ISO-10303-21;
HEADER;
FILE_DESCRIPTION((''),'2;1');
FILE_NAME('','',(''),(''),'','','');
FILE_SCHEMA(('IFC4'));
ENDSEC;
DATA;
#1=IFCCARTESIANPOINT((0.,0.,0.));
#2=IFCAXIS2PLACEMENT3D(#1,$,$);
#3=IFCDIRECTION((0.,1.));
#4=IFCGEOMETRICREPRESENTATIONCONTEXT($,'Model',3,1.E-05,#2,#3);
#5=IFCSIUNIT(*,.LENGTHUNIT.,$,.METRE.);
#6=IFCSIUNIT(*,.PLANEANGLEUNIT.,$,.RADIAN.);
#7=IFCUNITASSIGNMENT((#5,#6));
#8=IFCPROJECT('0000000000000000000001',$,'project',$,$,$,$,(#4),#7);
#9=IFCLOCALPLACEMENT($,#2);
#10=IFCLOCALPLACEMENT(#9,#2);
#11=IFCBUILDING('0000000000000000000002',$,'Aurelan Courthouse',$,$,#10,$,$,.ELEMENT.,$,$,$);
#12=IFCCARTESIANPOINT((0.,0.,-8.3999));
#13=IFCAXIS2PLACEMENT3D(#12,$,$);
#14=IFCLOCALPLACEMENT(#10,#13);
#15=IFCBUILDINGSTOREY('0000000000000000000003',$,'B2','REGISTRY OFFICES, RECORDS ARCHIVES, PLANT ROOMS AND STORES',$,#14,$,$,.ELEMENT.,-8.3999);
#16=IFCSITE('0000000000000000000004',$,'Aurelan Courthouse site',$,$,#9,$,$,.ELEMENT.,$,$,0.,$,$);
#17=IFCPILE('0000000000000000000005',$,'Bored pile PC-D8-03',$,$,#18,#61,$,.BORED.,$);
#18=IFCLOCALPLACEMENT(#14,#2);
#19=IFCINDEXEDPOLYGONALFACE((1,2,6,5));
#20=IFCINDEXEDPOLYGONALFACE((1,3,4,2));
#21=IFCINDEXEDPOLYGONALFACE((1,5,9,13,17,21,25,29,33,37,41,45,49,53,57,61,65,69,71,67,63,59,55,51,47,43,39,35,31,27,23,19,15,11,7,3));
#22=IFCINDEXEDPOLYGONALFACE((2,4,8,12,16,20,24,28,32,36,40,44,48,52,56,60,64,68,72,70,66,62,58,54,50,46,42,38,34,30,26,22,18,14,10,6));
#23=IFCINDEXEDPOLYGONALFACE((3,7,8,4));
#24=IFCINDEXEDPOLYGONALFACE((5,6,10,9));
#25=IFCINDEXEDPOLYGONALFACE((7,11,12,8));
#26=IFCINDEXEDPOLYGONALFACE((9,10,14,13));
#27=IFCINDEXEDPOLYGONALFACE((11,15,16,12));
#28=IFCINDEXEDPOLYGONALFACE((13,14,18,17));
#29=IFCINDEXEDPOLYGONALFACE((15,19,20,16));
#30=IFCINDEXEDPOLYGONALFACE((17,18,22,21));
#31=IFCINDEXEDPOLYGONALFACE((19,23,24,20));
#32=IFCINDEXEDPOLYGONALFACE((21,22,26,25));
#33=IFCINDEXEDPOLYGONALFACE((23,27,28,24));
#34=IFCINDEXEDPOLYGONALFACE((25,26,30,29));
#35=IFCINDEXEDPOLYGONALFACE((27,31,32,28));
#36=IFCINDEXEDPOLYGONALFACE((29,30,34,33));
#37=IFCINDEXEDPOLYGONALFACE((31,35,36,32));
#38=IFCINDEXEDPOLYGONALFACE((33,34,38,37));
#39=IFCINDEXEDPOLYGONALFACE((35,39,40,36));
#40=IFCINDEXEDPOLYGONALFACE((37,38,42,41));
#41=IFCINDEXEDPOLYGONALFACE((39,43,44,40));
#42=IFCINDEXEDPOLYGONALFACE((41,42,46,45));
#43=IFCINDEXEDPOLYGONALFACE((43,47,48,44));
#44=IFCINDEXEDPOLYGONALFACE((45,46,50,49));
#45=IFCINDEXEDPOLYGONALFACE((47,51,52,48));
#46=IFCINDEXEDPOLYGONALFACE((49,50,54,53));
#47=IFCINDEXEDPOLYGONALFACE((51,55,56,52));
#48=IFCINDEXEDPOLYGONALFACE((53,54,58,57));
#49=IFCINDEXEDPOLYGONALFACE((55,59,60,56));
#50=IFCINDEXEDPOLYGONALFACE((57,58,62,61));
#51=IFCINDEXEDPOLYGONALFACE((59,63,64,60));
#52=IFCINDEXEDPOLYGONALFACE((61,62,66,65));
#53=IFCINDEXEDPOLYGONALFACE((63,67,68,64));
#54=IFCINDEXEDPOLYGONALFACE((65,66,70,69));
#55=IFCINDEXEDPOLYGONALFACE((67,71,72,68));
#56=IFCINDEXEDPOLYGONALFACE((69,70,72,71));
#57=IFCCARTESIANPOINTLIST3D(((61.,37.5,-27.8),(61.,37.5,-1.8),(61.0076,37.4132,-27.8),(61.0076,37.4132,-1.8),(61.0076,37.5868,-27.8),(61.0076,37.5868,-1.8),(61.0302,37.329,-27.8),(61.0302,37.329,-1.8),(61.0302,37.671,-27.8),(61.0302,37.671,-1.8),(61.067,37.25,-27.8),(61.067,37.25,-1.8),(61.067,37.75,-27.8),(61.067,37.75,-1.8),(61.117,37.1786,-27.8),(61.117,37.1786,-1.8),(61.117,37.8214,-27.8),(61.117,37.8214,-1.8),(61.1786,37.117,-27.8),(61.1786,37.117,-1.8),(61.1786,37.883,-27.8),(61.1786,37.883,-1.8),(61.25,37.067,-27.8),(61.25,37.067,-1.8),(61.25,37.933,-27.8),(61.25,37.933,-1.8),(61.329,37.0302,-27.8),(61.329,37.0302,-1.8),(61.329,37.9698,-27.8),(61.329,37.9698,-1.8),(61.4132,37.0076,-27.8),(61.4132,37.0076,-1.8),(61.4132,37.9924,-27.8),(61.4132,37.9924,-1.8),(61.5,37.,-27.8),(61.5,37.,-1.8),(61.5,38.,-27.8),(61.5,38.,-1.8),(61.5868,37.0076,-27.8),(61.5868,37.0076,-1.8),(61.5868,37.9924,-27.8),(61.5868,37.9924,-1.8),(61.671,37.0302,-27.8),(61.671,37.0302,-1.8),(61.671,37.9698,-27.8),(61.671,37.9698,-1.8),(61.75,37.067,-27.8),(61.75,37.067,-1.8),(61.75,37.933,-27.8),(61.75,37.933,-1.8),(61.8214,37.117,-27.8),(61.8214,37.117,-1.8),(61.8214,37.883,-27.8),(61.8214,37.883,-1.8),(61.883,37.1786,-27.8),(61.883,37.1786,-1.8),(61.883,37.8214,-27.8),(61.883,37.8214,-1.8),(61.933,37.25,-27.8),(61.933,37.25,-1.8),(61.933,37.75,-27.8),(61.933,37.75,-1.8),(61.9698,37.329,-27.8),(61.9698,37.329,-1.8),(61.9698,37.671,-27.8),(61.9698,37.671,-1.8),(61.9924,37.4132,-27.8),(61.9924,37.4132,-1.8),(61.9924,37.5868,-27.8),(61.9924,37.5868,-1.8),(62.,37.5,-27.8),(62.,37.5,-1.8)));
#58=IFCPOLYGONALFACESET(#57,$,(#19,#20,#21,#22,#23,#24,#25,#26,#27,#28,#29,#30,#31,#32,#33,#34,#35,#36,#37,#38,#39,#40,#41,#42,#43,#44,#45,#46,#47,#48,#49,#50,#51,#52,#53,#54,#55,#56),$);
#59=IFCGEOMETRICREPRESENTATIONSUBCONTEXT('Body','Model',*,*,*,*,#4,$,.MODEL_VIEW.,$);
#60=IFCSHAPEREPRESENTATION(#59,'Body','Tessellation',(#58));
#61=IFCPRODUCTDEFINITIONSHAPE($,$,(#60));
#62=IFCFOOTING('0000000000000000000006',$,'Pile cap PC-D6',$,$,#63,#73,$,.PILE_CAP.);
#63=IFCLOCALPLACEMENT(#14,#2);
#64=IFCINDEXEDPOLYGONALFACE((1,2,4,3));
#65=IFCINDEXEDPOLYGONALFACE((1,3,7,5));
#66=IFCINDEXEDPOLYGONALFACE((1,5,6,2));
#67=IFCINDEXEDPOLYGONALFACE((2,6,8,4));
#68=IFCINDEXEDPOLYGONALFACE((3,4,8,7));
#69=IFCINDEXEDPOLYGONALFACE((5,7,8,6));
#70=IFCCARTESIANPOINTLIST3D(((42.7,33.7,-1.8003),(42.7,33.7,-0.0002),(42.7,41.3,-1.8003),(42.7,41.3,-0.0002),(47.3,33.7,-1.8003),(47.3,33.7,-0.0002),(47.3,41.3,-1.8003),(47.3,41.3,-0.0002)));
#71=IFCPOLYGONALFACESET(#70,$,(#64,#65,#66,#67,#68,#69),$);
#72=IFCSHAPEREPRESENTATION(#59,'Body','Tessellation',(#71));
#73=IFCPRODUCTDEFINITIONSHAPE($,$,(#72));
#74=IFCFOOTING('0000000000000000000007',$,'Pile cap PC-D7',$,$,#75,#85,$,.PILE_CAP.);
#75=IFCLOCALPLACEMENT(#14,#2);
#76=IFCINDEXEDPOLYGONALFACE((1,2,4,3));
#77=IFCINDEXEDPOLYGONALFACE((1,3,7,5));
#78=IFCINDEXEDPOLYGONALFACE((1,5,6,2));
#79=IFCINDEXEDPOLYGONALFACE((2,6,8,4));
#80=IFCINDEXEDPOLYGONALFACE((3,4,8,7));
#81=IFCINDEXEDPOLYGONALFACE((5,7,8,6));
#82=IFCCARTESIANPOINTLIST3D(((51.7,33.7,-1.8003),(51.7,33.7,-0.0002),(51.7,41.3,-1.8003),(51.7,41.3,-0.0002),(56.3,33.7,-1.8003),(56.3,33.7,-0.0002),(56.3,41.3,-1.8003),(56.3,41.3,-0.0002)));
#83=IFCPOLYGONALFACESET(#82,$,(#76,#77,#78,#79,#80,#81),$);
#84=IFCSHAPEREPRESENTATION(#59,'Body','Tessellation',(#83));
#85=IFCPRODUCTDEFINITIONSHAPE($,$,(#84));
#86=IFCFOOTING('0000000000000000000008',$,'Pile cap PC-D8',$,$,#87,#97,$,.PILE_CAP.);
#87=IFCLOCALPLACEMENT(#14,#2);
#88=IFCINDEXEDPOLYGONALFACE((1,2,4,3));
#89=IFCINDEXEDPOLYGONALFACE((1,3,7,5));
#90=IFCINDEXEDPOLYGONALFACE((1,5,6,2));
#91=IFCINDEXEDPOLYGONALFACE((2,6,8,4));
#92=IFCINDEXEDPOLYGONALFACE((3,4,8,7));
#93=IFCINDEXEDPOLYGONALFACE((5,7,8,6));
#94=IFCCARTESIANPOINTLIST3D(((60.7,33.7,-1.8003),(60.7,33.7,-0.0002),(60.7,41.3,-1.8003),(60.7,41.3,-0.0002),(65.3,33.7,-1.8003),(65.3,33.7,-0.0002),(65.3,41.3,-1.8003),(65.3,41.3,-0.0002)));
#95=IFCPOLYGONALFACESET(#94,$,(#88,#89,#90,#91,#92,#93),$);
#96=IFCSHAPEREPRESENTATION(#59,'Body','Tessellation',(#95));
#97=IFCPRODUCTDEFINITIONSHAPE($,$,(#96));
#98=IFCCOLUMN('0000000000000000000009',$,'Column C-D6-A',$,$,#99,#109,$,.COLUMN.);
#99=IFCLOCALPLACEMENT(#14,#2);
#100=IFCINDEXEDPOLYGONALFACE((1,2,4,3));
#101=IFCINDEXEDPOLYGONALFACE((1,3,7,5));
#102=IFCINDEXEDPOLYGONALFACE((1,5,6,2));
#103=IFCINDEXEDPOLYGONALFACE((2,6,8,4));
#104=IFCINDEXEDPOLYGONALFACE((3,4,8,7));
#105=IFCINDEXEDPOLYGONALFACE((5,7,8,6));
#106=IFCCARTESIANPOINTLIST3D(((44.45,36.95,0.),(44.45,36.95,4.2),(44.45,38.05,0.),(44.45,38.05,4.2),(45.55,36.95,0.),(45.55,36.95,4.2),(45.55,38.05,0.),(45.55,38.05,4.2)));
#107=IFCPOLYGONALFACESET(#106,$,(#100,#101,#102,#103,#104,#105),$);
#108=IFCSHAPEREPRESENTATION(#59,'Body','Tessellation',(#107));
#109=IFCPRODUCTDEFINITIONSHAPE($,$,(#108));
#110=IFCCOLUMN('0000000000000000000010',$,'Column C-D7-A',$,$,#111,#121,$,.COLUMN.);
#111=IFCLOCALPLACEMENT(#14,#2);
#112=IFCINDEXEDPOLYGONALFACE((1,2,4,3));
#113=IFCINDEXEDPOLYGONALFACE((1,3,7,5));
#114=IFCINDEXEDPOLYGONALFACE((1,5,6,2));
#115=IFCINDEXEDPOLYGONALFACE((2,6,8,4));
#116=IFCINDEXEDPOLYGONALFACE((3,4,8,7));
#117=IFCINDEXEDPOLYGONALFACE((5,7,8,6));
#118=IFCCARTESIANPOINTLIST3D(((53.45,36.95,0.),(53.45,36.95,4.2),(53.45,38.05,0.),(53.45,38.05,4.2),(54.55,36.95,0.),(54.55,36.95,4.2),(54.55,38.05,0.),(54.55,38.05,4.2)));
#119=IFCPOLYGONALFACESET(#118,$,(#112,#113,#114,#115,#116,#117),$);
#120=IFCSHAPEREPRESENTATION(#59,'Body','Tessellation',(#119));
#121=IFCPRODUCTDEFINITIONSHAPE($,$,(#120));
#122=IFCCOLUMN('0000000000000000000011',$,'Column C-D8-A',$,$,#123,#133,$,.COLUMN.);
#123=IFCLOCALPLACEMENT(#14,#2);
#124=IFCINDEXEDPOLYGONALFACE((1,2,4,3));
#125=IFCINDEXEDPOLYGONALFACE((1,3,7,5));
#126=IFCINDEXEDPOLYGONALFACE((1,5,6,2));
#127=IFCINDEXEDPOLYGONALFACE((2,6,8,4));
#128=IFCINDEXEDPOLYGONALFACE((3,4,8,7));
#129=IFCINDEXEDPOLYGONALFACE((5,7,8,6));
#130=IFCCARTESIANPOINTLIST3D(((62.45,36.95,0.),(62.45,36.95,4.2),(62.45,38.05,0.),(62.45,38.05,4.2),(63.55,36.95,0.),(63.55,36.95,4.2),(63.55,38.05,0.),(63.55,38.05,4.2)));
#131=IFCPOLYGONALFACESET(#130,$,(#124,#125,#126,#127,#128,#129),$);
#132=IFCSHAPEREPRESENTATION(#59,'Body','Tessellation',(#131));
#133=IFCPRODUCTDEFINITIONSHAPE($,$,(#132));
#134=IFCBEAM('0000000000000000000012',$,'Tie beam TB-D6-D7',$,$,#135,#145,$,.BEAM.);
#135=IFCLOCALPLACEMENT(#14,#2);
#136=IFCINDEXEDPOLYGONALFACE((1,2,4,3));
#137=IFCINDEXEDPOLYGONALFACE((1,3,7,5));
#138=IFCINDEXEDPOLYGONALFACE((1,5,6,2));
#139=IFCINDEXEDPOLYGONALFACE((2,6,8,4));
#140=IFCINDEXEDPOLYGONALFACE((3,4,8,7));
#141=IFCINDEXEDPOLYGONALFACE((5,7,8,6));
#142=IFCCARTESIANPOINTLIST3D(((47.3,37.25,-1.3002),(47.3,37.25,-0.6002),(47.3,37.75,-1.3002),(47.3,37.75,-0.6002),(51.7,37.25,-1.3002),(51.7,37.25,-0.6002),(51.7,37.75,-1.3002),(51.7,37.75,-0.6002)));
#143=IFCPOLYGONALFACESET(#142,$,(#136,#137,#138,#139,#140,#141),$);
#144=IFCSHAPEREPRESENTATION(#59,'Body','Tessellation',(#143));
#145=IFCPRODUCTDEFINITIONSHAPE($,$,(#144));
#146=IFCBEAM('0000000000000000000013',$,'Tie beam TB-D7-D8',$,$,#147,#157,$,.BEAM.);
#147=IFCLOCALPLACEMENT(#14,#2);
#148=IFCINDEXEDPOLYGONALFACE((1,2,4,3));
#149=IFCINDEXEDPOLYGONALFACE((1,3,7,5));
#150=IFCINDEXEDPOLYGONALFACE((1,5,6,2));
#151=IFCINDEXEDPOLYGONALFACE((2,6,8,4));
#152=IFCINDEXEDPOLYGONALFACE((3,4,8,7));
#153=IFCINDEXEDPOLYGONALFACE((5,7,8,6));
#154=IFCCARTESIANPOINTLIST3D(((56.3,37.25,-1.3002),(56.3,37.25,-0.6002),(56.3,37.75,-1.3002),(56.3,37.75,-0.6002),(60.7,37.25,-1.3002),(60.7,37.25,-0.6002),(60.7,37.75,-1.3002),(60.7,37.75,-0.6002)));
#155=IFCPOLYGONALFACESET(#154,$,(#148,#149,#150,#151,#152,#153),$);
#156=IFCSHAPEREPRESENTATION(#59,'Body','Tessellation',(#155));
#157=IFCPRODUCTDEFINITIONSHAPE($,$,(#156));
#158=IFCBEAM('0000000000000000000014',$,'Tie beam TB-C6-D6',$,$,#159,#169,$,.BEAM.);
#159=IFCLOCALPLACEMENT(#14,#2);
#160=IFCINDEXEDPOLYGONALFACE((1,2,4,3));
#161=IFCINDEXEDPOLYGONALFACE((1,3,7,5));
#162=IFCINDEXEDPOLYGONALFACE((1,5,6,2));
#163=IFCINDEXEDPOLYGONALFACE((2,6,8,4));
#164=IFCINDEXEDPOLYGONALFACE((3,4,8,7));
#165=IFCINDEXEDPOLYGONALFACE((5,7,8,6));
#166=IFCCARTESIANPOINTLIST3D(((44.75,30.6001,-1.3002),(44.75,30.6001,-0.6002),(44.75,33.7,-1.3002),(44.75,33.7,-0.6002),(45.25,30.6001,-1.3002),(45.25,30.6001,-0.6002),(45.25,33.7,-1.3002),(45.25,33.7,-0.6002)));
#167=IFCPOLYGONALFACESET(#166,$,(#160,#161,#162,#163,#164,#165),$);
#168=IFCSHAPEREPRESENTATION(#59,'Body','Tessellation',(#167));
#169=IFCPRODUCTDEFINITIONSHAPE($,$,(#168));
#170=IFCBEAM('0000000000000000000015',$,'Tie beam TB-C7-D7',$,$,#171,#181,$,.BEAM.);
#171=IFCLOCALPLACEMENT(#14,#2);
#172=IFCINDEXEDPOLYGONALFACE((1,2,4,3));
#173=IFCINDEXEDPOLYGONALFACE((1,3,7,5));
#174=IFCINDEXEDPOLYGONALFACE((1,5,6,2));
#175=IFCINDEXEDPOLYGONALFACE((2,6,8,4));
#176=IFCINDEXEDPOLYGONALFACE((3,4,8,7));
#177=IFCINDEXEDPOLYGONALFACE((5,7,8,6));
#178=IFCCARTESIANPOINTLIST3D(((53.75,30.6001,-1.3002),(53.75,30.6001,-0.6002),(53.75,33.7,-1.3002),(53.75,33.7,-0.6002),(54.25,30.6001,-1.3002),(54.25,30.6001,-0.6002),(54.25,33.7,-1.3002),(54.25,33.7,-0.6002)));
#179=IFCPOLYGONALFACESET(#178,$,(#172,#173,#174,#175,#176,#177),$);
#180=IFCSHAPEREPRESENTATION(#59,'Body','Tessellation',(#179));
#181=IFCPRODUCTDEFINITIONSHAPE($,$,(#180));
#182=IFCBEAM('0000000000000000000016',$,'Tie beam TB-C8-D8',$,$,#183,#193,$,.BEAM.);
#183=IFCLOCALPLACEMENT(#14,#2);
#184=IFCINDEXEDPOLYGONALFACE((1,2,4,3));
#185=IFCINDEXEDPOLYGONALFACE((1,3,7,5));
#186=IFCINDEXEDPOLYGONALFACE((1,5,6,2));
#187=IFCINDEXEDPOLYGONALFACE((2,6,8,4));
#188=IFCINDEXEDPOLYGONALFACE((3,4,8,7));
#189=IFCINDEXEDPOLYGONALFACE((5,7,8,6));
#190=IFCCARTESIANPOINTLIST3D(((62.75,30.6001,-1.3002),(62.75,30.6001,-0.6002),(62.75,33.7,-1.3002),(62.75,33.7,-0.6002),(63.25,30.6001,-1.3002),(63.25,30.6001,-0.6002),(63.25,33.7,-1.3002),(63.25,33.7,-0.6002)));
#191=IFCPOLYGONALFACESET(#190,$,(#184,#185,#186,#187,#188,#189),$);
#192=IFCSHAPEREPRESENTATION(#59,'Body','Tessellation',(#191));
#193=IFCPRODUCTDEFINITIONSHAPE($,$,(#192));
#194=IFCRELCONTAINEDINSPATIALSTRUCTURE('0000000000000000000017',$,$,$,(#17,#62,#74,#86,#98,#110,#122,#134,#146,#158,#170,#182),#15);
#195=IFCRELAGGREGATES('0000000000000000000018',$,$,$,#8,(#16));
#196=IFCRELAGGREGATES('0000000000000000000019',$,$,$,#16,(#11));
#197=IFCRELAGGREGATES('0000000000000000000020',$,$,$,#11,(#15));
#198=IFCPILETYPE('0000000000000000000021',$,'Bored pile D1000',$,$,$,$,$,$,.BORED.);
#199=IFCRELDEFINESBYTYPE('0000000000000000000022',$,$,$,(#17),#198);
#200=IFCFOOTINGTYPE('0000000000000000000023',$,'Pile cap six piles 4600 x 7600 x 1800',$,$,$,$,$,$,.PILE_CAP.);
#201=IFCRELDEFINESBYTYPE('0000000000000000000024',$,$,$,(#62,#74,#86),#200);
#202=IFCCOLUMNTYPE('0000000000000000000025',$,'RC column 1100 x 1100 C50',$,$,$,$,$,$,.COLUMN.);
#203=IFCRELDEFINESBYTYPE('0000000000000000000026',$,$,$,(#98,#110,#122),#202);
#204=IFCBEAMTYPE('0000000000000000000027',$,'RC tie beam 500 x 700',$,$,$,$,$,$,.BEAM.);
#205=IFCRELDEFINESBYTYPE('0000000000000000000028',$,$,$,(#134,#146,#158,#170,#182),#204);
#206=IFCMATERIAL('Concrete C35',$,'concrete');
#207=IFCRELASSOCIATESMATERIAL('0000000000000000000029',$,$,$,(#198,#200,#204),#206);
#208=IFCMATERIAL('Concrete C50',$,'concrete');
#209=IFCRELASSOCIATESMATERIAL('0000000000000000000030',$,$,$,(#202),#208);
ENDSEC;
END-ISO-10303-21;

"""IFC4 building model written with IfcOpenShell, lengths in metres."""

from ifc_helpers import new_model, si_unit, direction, frame, origin, origin_2d, place, context, subcontext, project, spatial, rectangle, circle, extrude, material, material_profile, profile_set, type_object, element, save


model = new_model("IFC4")

# Units and contexts
model_context = context("Model", 3, precision=1e-05, world=origin(), true_north=direction((0.0, 1.0)))
body_context = subcontext(model_context, "Body", "Model", "MODEL_VIEW")
ifc_project = project(units=[si_unit("LENGTHUNIT", "METRE"), si_unit("PLANEANGLEUNIT", "RADIAN")], contexts=[model_context])

# Site, building, storey
site_placement = place(None, origin())
site = spatial("IfcSite", under=ifc_project, at=site_placement, Name="Aurelan Courthouse site", CompositionType="ELEMENT", RefElevation=0.0)
building_placement = place(site_placement, origin())
building = spatial("IfcBuilding", under=site, at=building_placement, Name="Aurelan Courthouse", CompositionType="ELEMENT")
storey_placement = place(building_placement, frame((0.0, 0.0, -8.3999)))
storey = spatial("IfcBuildingStorey", under=building, at=storey_placement, Name="B2", Description="REGISTRY OFFICES, RECORDS ARCHIVES, PLANT ROOMS AND STORES", CompositionType="ELEMENT", Elevation=-8.3999)

# Pile
ifc_material_1 = material(Name="Concrete C35", Category="concrete")
ifc_material_profile_1 = material_profile(ifc_material_1, circle(Radius=0.5, at=origin_2d()), Name="D1000")
ifc_profile_set_1 = profile_set([ifc_material_profile_1], Name="Concrete C35")
pile_type = type_object("IfcPileType", Name="Bored pile D1000", PredefinedType="BORED", material=ifc_profile_set_1)
for number, where, z_axis, x_axis, name in (
    (1, (61.5, 37.5, -1.8), (0.0, 0.0, -1.0), (1.0, 0.0, 0.0), "Bored pile PC-D8-03"),
):
    element("IfcPile", number, at=place(storey_placement, frame(where, z_axis=z_axis, x_axis=x_axis)), inside=storey, type_object=pile_type, Name=name, PredefinedType="BORED", context=body_context, shape_type="SweptSolid", body=[
        extrude(circle(Radius=0.5, at=origin_2d()), origin(), (0.0, 0.0, 1.0), 26.0),
    ])

# Footings
footing_type = type_object("IfcFootingType", Name="Pile cap six piles 4600 x 7600 x 1800", PredefinedType="PILE_CAP", material=ifc_material_1)
for number, where, z_axis, x_axis, name in (
    (2, (45.0, 37.5, -1.8003), (0.0, 0.0, 1.0), (1.0, 0.0, 0.0), "Pile cap PC-D6"),
    (3, (54.0, 37.5, -1.8003), (0.0, 0.0, 1.0), (1.0, 0.0, 0.0), "Pile cap PC-D7"),
    (4, (63.0, 37.5, -1.8003), (0.0, 0.0, 1.0), (1.0, 0.0, 0.0), "Pile cap PC-D8"),
):
    element("IfcFooting", number, at=place(storey_placement, frame(where, z_axis=z_axis, x_axis=x_axis)), inside=storey, type_object=footing_type, Name=name, PredefinedType="PILE_CAP", context=body_context, shape_type="SweptSolid", body=[
        extrude(rectangle(XDim=4.6001, YDim=7.6001, at=origin_2d()), origin(), (0.0, 0.0, 1.0), 1.8),
    ])

# Columns
ifc_material_2 = material(Name="Concrete C50", Category="concrete")
ifc_material_profile_2 = material_profile(ifc_material_2, rectangle(XDim=1.1001, YDim=1.1001, at=origin_2d()), Name="RC 1100 x 1100")
ifc_profile_set_2 = profile_set([ifc_material_profile_2], Name="Concrete C50")
column_type = type_object("IfcColumnType", Name="RC column 1100 x 1100 C50", PredefinedType="COLUMN", material=ifc_profile_set_2)
for number, where, z_axis, x_axis, name in (
    (5, (45.0, 37.5, 0.0), (0.0, 0.0, 1.0), (1.0, 0.0, 0.0), "Column C-D6-A"),
    (6, (54.0, 37.5, 0.0), (0.0, 0.0, 1.0), (1.0, 0.0, 0.0), "Column C-D7-A"),
    (7, (63.0, 37.5, 0.0), (0.0, 0.0, 1.0), (1.0, 0.0, 0.0), "Column C-D8-A"),
):
    element("IfcColumn", number, at=place(storey_placement, frame(where, z_axis=z_axis, x_axis=x_axis)), inside=storey, type_object=column_type, Name=name, PredefinedType="COLUMN", context=body_context, shape_type="SweptSolid", body=[
        extrude(rectangle(XDim=1.1001, YDim=1.1001, at=origin_2d()), origin(), (0.0, 0.0, 1.0), 4.2),
    ])

# Beams
ifc_material_profile_3 = material_profile(ifc_material_1, rectangle(XDim=0.5, YDim=0.7, at=origin_2d()), Name="RC 500 x 700")
ifc_profile_set_3 = profile_set([ifc_material_profile_3], Name="Concrete C35")
beam_type = type_object("IfcBeamType", Name="RC tie beam 500 x 700", PredefinedType="BEAM", material=ifc_profile_set_3)
for number, where, z_axis, x_axis, name in (
    (8, (47.3, 37.5, -0.9502), (1.0, 0.0, 0.0), (0.0, 1.0, 0.0), "Tie beam TB-D6-D7"),
    (9, (56.3, 37.5, -0.9502), (1.0, 0.0, 0.0), (0.0, 1.0, 0.0), "Tie beam TB-D7-D8"),
):
    element("IfcBeam", number, at=place(storey_placement, frame(where, z_axis=z_axis, x_axis=x_axis)), inside=storey, type_object=beam_type, Name=name, PredefinedType="BEAM", context=body_context, shape_type="SweptSolid", body=[
        extrude(rectangle(XDim=0.5, YDim=0.7, at=origin_2d()), origin(), (0.0, 0.0, 1.0), 4.3999),
    ])
for number, where, z_axis, x_axis, name in (
    (10, (45.0, 30.6001, -0.9502), (0.0, 1.0, 0.0), (-1.0, 0.0, 0.0), "Tie beam TB-C6-D6"),
    (11, (54.0, 30.6001, -0.9502), (0.0, 1.0, 0.0), (-1.0, 0.0, 0.0), "Tie beam TB-C7-D7"),
    (12, (63.0, 30.6001, -0.9502), (0.0, 1.0, 0.0), (-1.0, 0.0, 0.0), "Tie beam TB-C8-D8"),
):
    element("IfcBeam", number, at=place(storey_placement, frame(where, z_axis=z_axis, x_axis=x_axis)), inside=storey, type_object=beam_type, Name=name, PredefinedType="BEAM", context=body_context, shape_type="SweptSolid", body=[
        extrude(rectangle(XDim=0.5, YDim=0.7, at=origin_2d()), origin(), (0.0, 0.0, 1.0), 3.0999),
    ])

save(model, "model.ifc")
